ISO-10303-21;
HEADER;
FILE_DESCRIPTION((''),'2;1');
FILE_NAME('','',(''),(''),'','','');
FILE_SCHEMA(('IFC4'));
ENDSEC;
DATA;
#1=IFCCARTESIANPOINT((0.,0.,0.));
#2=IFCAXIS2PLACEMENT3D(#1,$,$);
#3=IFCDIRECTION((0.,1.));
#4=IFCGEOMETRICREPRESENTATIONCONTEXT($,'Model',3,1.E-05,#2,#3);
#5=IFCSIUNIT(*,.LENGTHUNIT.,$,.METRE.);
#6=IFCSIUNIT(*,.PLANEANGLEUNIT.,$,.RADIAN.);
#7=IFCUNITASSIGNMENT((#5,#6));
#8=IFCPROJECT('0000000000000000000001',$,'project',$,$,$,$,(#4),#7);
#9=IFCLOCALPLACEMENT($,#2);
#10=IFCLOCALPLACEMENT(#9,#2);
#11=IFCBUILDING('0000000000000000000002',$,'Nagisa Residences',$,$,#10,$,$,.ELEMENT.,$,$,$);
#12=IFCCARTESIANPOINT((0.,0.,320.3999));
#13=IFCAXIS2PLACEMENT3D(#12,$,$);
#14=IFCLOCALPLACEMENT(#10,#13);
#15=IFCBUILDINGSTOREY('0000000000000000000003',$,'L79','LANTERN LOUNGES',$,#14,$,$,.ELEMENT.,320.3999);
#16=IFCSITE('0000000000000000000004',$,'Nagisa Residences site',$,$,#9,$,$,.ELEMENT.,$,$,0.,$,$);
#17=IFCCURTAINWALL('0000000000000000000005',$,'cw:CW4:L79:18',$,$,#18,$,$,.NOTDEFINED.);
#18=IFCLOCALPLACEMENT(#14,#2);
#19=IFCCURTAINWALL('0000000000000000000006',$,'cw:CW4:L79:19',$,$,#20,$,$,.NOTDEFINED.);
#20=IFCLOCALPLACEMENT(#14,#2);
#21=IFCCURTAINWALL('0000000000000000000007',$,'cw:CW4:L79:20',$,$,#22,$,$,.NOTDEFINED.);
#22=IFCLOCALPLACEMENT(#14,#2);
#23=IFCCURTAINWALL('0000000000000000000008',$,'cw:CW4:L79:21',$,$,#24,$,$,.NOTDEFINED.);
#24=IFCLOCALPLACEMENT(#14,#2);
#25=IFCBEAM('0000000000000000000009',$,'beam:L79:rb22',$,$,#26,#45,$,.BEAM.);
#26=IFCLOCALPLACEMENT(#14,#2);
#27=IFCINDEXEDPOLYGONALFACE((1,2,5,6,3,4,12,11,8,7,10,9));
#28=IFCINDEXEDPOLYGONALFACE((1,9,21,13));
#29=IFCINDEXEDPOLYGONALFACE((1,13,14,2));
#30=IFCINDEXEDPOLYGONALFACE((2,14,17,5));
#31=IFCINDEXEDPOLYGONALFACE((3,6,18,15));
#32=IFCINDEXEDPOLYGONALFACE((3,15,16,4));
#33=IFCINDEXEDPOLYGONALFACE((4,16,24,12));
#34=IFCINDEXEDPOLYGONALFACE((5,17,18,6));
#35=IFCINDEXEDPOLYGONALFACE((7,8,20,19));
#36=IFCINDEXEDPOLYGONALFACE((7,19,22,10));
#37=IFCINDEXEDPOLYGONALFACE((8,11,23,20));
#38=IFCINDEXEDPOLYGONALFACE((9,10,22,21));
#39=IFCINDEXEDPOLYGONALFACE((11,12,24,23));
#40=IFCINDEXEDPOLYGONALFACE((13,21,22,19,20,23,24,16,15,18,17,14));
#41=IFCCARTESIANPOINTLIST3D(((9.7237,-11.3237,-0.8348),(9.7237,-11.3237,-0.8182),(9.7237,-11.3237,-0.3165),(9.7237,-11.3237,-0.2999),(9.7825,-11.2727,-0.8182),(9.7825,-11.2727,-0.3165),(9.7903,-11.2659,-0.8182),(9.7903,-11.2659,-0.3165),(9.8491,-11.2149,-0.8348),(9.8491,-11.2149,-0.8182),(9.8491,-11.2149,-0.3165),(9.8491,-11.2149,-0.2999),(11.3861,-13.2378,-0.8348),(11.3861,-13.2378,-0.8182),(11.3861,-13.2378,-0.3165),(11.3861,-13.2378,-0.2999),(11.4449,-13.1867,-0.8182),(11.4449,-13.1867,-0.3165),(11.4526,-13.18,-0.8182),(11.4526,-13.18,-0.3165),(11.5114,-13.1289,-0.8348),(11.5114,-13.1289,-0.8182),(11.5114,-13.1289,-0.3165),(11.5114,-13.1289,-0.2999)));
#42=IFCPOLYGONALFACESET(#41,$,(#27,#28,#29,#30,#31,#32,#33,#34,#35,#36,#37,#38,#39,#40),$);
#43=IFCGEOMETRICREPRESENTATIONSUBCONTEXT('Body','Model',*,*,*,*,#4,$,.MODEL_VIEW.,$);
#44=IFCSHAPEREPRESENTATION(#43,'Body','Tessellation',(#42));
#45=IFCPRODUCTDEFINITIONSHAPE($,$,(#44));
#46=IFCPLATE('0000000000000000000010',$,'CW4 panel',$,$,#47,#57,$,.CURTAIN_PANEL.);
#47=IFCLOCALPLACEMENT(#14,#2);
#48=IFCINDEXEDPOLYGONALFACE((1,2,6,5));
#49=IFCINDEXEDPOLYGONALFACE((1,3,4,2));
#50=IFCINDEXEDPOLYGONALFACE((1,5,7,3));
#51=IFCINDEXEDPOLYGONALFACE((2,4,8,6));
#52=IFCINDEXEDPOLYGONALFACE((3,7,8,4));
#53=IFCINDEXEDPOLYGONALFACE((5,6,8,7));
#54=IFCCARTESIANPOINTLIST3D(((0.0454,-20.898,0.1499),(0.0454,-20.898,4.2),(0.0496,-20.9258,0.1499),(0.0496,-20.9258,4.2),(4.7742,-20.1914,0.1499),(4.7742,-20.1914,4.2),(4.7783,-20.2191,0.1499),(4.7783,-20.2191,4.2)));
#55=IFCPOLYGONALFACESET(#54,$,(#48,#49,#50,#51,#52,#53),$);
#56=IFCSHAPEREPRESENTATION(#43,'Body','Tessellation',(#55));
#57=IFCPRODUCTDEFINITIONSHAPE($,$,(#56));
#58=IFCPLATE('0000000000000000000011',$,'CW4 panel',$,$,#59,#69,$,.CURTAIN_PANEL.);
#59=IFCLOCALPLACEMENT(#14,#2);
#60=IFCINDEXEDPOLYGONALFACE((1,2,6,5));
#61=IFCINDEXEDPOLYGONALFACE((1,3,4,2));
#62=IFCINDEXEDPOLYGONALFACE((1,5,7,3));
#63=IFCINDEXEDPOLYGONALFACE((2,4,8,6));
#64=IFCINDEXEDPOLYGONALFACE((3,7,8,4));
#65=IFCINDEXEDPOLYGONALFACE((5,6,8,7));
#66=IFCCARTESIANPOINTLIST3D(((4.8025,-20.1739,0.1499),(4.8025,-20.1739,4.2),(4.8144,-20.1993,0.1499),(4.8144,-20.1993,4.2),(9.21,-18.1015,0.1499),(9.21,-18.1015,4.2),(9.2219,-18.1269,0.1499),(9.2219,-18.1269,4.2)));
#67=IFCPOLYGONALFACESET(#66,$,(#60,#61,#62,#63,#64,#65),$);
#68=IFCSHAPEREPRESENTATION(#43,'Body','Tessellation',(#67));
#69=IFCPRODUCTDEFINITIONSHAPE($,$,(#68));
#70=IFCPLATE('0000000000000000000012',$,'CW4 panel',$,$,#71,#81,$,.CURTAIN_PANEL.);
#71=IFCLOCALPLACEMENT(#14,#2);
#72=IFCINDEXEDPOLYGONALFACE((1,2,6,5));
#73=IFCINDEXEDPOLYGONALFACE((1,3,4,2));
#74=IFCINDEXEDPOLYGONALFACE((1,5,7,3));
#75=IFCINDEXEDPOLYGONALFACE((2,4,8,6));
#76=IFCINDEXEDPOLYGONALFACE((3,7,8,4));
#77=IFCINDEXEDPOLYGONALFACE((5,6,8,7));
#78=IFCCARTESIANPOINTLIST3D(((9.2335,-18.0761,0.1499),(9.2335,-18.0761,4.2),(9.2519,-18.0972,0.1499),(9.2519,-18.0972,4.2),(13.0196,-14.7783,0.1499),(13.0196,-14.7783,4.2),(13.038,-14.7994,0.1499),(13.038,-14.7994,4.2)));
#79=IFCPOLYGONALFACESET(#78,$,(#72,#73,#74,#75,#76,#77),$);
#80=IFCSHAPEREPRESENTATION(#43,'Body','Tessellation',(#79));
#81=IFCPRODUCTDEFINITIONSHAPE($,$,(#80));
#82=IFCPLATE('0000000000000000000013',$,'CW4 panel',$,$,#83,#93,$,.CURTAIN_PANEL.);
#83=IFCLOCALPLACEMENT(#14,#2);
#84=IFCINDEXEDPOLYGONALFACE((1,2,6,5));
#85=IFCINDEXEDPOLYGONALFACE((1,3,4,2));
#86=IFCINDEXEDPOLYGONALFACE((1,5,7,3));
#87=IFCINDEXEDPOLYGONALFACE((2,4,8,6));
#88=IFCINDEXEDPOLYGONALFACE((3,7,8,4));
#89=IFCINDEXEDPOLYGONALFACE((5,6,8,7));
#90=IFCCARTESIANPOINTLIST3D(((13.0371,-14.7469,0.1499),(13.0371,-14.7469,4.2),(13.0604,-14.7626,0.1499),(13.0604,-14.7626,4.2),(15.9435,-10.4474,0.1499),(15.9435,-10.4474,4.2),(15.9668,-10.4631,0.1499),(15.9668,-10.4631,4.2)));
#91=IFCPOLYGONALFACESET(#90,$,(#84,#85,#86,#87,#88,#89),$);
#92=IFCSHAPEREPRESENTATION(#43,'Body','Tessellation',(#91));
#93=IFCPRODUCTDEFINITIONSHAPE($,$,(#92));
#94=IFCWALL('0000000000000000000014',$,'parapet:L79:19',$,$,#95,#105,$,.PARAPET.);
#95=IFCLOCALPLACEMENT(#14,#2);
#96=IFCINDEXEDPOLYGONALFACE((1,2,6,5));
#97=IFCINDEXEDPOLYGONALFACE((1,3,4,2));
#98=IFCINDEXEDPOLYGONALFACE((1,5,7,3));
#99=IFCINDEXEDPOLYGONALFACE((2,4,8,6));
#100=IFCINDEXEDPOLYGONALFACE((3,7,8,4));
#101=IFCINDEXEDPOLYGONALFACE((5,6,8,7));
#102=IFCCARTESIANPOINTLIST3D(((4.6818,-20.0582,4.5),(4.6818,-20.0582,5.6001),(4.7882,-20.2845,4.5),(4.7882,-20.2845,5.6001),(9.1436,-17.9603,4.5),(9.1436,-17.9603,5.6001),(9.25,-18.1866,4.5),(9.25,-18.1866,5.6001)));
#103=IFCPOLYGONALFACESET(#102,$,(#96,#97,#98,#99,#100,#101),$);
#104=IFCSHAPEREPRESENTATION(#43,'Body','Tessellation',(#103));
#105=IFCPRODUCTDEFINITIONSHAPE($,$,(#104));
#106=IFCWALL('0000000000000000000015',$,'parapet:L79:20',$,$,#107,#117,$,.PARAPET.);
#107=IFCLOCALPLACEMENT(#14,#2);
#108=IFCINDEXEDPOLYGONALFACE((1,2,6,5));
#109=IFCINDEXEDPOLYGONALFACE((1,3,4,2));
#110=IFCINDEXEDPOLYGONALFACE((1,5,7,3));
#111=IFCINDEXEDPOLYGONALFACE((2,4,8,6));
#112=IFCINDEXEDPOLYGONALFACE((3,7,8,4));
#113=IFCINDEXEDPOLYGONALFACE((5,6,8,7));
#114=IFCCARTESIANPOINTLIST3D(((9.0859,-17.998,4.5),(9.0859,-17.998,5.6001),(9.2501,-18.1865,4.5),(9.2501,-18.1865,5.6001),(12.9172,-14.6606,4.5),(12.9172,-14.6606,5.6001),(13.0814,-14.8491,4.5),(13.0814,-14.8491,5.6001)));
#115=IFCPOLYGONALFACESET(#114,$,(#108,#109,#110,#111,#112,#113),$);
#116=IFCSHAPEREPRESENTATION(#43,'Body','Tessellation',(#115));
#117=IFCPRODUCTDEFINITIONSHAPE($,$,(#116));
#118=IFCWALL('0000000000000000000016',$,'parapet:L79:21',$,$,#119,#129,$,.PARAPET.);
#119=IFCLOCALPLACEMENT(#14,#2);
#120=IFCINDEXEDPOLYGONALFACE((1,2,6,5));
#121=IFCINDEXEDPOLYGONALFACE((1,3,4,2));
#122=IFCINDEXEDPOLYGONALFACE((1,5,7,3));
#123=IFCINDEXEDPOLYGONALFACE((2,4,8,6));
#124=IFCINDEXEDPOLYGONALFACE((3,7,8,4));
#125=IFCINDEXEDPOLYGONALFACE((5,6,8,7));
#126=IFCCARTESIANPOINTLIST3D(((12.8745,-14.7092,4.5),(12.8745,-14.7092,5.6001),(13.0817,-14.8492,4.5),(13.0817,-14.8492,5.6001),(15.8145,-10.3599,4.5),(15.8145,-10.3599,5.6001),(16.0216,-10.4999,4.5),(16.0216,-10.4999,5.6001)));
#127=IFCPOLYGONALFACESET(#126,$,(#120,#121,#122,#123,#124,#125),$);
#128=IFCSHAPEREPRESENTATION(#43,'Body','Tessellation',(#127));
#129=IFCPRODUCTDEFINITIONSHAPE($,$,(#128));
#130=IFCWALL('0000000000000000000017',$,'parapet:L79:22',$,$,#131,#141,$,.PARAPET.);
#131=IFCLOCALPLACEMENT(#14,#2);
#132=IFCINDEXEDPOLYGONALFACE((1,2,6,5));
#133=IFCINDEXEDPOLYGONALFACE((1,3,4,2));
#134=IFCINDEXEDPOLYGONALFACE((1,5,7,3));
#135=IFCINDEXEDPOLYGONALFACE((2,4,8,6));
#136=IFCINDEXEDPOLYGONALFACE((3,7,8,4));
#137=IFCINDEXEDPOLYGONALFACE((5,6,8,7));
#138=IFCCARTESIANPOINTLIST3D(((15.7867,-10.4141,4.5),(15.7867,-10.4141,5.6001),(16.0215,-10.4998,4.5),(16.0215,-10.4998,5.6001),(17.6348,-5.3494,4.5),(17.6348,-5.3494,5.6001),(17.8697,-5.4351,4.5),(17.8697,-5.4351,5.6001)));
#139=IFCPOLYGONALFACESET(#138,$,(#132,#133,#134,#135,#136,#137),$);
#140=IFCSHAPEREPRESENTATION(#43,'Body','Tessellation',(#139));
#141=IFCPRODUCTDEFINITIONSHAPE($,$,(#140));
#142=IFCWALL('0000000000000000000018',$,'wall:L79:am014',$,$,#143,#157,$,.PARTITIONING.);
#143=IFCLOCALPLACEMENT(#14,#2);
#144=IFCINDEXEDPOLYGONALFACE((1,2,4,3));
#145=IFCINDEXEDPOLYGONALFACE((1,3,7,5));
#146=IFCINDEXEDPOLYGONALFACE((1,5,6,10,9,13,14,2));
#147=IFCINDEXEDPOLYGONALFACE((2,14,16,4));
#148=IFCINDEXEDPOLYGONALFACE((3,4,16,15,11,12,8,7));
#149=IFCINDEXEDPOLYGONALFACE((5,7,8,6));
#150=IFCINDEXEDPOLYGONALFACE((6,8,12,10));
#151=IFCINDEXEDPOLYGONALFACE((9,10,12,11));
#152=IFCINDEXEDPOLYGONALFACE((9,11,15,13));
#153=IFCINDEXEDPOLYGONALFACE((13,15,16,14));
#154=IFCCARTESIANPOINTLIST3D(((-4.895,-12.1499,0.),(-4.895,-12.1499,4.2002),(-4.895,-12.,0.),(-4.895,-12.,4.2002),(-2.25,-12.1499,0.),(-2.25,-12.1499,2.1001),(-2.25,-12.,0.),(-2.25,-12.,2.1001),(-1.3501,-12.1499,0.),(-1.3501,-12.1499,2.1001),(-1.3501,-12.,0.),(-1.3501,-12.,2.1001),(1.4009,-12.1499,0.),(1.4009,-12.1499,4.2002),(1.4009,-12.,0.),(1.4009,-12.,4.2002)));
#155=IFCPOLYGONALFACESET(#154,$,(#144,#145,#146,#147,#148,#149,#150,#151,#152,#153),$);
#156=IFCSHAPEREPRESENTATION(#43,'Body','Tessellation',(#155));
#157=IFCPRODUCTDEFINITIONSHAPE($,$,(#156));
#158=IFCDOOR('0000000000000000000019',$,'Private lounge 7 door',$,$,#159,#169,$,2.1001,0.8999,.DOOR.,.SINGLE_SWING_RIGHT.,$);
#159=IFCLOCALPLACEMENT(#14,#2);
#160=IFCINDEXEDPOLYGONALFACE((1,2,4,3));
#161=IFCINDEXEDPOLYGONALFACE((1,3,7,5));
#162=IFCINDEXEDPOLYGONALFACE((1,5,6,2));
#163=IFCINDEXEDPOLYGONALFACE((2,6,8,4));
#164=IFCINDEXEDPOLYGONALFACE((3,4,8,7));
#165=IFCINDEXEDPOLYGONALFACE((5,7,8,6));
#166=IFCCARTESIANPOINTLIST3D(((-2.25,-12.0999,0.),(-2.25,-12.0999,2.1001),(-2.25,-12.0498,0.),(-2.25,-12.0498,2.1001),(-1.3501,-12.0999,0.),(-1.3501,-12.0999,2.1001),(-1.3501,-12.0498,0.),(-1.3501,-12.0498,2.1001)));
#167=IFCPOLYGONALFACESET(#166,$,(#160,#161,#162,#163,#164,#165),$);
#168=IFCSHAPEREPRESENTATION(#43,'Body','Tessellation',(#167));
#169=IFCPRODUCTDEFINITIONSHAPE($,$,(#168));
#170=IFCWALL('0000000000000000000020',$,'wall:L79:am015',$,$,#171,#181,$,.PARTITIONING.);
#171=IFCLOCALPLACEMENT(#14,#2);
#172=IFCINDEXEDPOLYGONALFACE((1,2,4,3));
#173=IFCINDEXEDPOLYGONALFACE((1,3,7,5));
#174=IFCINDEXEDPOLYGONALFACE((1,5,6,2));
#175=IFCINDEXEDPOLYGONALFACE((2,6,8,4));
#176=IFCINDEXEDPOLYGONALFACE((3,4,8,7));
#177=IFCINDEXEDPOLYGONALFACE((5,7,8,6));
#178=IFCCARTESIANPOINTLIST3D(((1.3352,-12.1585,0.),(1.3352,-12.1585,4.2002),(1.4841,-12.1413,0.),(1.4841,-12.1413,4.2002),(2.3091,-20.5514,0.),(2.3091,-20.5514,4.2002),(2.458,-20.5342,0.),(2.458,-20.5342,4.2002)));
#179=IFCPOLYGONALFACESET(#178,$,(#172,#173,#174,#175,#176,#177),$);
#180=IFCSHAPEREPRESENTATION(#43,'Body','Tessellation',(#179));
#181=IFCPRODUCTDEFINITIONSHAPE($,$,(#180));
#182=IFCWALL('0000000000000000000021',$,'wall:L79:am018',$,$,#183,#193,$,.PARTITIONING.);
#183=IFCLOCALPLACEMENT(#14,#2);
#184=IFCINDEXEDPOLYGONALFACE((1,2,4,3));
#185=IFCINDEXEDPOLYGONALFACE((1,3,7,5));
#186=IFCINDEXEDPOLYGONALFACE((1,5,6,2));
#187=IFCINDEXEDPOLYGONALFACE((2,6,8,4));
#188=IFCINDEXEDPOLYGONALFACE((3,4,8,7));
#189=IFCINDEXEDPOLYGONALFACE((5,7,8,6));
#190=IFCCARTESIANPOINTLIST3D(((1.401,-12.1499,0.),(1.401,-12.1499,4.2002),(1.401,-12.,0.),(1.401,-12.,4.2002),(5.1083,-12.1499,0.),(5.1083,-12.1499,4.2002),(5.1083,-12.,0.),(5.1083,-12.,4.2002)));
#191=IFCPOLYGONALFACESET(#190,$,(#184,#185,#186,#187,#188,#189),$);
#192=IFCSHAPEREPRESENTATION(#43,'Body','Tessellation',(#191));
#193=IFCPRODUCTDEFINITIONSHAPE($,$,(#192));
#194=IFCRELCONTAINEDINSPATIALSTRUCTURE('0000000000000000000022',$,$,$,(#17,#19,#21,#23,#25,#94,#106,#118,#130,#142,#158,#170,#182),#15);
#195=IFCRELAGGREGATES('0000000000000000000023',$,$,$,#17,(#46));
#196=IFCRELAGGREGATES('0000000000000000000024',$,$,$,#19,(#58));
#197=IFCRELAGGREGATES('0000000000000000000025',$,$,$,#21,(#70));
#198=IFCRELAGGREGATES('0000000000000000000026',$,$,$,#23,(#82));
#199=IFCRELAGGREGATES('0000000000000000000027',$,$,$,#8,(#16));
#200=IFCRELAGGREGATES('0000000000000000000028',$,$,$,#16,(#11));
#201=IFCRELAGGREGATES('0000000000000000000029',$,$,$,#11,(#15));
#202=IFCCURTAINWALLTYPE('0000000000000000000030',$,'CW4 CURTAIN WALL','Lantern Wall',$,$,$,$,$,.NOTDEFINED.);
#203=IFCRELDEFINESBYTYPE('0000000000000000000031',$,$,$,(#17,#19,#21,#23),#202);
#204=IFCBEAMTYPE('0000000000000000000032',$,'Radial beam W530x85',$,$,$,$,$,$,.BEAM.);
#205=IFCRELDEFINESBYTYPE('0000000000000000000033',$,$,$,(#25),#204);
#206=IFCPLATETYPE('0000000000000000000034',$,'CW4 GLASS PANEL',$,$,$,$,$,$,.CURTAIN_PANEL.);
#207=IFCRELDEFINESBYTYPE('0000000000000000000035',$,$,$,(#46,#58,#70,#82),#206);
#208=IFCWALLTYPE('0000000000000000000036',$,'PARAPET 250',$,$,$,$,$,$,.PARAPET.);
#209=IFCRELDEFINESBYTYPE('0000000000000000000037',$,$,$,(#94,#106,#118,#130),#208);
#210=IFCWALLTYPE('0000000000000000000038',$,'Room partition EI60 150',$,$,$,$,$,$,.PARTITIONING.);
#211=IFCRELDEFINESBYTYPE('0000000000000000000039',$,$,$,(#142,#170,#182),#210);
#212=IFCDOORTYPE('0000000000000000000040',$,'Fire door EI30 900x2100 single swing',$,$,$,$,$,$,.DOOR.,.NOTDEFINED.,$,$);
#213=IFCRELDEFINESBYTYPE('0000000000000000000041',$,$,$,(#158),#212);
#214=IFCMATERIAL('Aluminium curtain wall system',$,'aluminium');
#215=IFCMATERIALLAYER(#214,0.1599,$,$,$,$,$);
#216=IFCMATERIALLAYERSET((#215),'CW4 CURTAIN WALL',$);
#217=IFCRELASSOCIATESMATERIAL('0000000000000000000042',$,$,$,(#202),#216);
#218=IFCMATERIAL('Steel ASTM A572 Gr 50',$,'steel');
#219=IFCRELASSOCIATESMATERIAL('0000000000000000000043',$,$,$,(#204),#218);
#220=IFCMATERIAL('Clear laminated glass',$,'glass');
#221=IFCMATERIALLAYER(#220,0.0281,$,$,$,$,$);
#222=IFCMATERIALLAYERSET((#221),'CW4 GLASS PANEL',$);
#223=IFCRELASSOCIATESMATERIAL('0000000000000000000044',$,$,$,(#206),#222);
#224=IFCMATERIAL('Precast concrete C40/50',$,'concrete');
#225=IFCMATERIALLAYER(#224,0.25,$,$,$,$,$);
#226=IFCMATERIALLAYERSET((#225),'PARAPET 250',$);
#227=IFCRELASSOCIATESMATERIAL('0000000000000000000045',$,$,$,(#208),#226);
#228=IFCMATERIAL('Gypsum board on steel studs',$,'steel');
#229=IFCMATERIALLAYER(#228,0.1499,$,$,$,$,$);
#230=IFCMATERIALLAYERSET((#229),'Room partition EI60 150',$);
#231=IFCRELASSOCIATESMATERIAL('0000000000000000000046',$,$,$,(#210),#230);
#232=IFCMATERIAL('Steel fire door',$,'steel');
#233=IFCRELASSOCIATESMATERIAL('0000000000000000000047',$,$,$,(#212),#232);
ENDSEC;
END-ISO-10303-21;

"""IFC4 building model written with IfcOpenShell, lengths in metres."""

from ifc_helpers import new_model, si_unit, direction, frame, frame_2d, origin, origin_2d, place, context, subcontext, project, spatial, rectangle, i_section, extrude, material, layer, layer_set, material_profile, profile_set, type_object, element, fill, aggregate, save


model = new_model("IFC4")

# Units and contexts
model_context = context("Model", 3, precision=1e-05, world=origin(), true_north=direction((0.0, 1.0)))
body_context = subcontext(model_context, "Body", "Model", "MODEL_VIEW")
ifc_project = project(units=[si_unit("LENGTHUNIT", "METRE"), si_unit("PLANEANGLEUNIT", "RADIAN")], contexts=[model_context])

# Site, building, storey
site_placement = place(None, origin())
site = spatial("IfcSite", under=ifc_project, at=site_placement, Name="Nagisa Residences site", CompositionType="ELEMENT", RefElevation=0.0)
building_placement = place(site_placement, origin())
building = spatial("IfcBuilding", under=site, at=building_placement, Name="Nagisa Residences", CompositionType="ELEMENT")
storey_placement = place(building_placement, frame((0.0, 0.0, 320.3999)))
storey = spatial("IfcBuildingStorey", under=building, at=storey_placement, Name="L79", Description="LANTERN LOUNGES", CompositionType="ELEMENT", Elevation=320.3999)

# Curtain walls
ifc_material_1 = material(Name="Aluminium curtain wall system", Category="aluminium")
ifc_layer_1 = layer(ifc_material_1, 0.1599)
ifc_layer_set_1 = layer_set([ifc_layer_1], Name="CW4 CURTAIN WALL")
curtain_wall_type = type_object("IfcCurtainWallType", Name="CW4 CURTAIN WALL", Description="Lantern Wall", PredefinedType="NOTDEFINED", material=ifc_layer_set_1)
curtain_wall_1_placement = place(storey_placement, origin())
curtain_wall_1 = element("IfcCurtainWall", 1, at=curtain_wall_1_placement, inside=storey, type_object=curtain_wall_type, Name="cw:CW4:L79:18", PredefinedType="NOTDEFINED")
curtain_wall_2_placement = place(storey_placement, origin())
curtain_wall_2 = element("IfcCurtainWall", 2, at=curtain_wall_2_placement, inside=storey, type_object=curtain_wall_type, Name="cw:CW4:L79:19", PredefinedType="NOTDEFINED")
curtain_wall_3_placement = place(storey_placement, origin())
curtain_wall_3 = element("IfcCurtainWall", 3, at=curtain_wall_3_placement, inside=storey, type_object=curtain_wall_type, Name="cw:CW4:L79:20", PredefinedType="NOTDEFINED")
curtain_wall_4_placement = place(storey_placement, origin())
curtain_wall_4 = element("IfcCurtainWall", 4, at=curtain_wall_4_placement, inside=storey, type_object=curtain_wall_type, Name="cw:CW4:L79:21", PredefinedType="NOTDEFINED")

# Beam
ifc_material_2 = material(Name="Steel ASTM A572 Gr 50", Category="steel")
ifc_material_profile_1 = material_profile(ifc_material_2, i_section(OverallWidth=0.166, OverallDepth=0.5349, WebThickness=0.0103, FlangeThickness=0.0166, at=origin_2d()), Name="W530x85")
ifc_profile_set_1 = profile_set([ifc_material_profile_1], Name="Steel ASTM A572 Gr 50")
beam_type_1 = type_object("IfcBeamType", Name="Radial beam W530x85", PredefinedType="BEAM", material=ifc_profile_set_1)
beam_1_placement = place(storey_placement, frame((11.4487, -13.1833, -0.5674), z_axis=(-0.655718, 0.755006, 0.0), x_axis=(-0.755006, -0.655718, 0.0)))
element("IfcBeam", 5, at=beam_1_placement, inside=storey, type_object=beam_type_1, Name="beam:L79:rb22", PredefinedType="BEAM", context=body_context, shape_type="SweptSolid", body=[
    extrude(i_section(OverallWidth=0.166, OverallDepth=0.5349, WebThickness=0.0103, FlangeThickness=0.0166, at=origin_2d()), origin(), (0.0, 0.0, 1.0), 2.5352),
])

# Plates
ifc_material_3 = material(Name="Clear laminated glass", Category="glass")
ifc_layer_2 = layer(ifc_material_3, 0.0281)
ifc_layer_set_2 = layer_set([ifc_layer_2], Name="CW4 GLASS PANEL")
plate_type = type_object("IfcPlateType", Name="CW4 GLASS PANEL", PredefinedType="CURTAIN_PANEL", material=ifc_layer_set_2)
plate_1_placement = place(storey_placement, frame((2.4119, -20.5586, 0.1499), z_axis=(0.0, 0.0, 1.0), x_axis=(0.989017, 0.147802, 0.0)))
plate_1 = element("IfcPlate", 6, at=plate_1_placement, type_object=plate_type, Name="CW4 panel", PredefinedType="CURTAIN_PANEL", context=body_context, shape_type="SweptSolid", body=[
    extrude(rectangle(XDim=4.7812, YDim=0.0281, at=origin_2d()), origin(), (0.0, 0.0, 1.0), 4.05),
])
aggregate(curtain_wall_1, [plate_1])
plate_2_placement = place(storey_placement, frame((7.0122, -19.1504, 0.1499), z_axis=(0.0, 0.0, 1.0), x_axis=(0.904958, 0.425501, 0.0)))
plate_2 = element("IfcPlate", 7, at=plate_2_placement, type_object=plate_type, Name="CW4 panel", PredefinedType="CURTAIN_PANEL", context=body_context, shape_type="SweptSolid", body=[
    extrude(rectangle(XDim=4.8704, YDim=0.0281, at=origin_2d()), origin(), (0.0, 0.0, 1.0), 4.05),
])
aggregate(curtain_wall_2, [plate_2])
plate_3_placement = place(storey_placement, frame((11.1357, -16.4377, 0.1499), z_axis=(0.0, 0.0, 1.0), x_axis=(0.754062, 0.656803, 0.0)))
plate_3 = element("IfcPlate", 8, at=plate_3_placement, type_object=plate_type, Name="CW4 panel", PredefinedType="CURTAIN_PANEL", context=body_context, shape_type="SweptSolid", body=[
    extrude(rectangle(XDim=5.021, YDim=0.0281, at=origin_2d()), origin(), (0.0, 0.0, 1.0), 4.05),
])
aggregate(curtain_wall_3, [plate_3])
plate_4_placement = place(storey_placement, frame((14.502, -12.605, 0.1499), z_axis=(0.0, 0.0, 1.0), x_axis=(0.56003, 0.828473, 0.0)))
plate_4 = element("IfcPlate", 9, at=plate_4_placement, type_object=plate_type, Name="CW4 panel", PredefinedType="CURTAIN_PANEL", context=body_context, shape_type="SweptSolid", body=[
    extrude(rectangle(XDim=5.1897, YDim=0.0281, at=origin_2d()), origin(), (0.0, 0.0, 1.0), 4.05),
])
aggregate(curtain_wall_4, [plate_4])

# Walls
ifc_material_4 = material(Name="Precast concrete C40/50", Category="concrete")
ifc_layer_3 = layer(ifc_material_4, 0.25)
ifc_layer_set_3 = layer_set([ifc_layer_3], Name="PARAPET 250")
wall_type_1 = type_object("IfcWallType", Name="PARAPET 250", PredefinedType="PARAPET", material=ifc_layer_set_3)
wall_1_placement = place(storey_placement, frame((4.7349, -20.1714, 4.5), z_axis=(0.0, 0.0, 1.0), x_axis=(0.904961, 0.425494, 0.0)))
element("IfcWall", 10, at=wall_1_placement, inside=storey, type_object=wall_type_1, Name="parapet:L79:19", PredefinedType="PARAPET", context=body_context, shape_type="SweptSolid", body=[
    extrude(rectangle(XDim=4.9304, YDim=0.25, at=frame_2d((2.4653, 0.0))), origin(), (0.0, 0.0, 1.0), 1.1001),
])
wall_2_placement = place(storey_placement, frame((9.168, -18.0923, 4.5), z_axis=(0.0, 0.0, 1.0), x_axis=(0.754036, 0.656833, 0.0)))
element("IfcWall", 11, at=wall_2_placement, inside=storey, type_object=wall_type_1, Name="parapet:L79:20", PredefinedType="PARAPET", context=body_context, shape_type="SweptSolid", body=[
    extrude(rectangle(XDim=5.0811, YDim=0.25, at=frame_2d((2.5405, 0.0))), origin(), (0.0, 0.0, 1.0), 1.1001),
])
wall_3_placement = place(storey_placement, frame((12.978, -14.7793, 4.5), z_axis=(0.0, 0.0, 1.0), x_axis=(0.560012, 0.828485, 0.0)))
element("IfcWall", 12, at=wall_3_placement, inside=storey, type_object=wall_type_1, Name="parapet:L79:21", PredefinedType="PARAPET", context=body_context, shape_type="SweptSolid", body=[
    extrude(rectangle(XDim=5.2498, YDim=0.25, at=frame_2d((2.625, 0.0))), origin(), (0.0, 0.0, 1.0), 1.1001),
])
wall_4_placement = place(storey_placement, frame((15.9041, -10.457, 4.5), z_axis=(0.0, 0.0, 1.0), x_axis=(0.342797, 0.939409, 0.0)))
element("IfcWall", 13, at=wall_4_placement, inside=storey, type_object=wall_type_1, Name="parapet:L79:22", PredefinedType="PARAPET", context=body_context, shape_type="SweptSolid", body=[
    extrude(rectangle(XDim=5.3914, YDim=0.25, at=frame_2d((2.6958, 0.0))), origin(), (0.0, 0.0, 1.0), 1.1001),
])

# Wall, opening, door
ifc_material_5 = material(Name="Gypsum board on steel studs", Category="steel")
ifc_layer_4 = layer(ifc_material_5, 0.1499)
ifc_layer_set_4 = layer_set([ifc_layer_4], Name="Room partition EI60 150")
wall_type_2 = type_object("IfcWallType", Name="Room partition EI60 150", PredefinedType="PARTITIONING", material=ifc_layer_set_4)
wall_5_placement = place(storey_placement, frame((1.4009, -12.075, 0.0), z_axis=(0.0, 0.0, 1.0), x_axis=(-1.0, 0.0, 0.0)))
wall_5 = element("IfcWall", 14, at=wall_5_placement, inside=storey, type_object=wall_type_2, Name="wall:L79:am014", PredefinedType="PARTITIONING", context=body_context, shape_type="SweptSolid", body=[
    extrude(rectangle(XDim=6.2959, YDim=0.1499, at=frame_2d((3.1479, 0.0))), origin(), (0.0, 0.0, 1.0), 4.2002),
])
opening_placement = place(wall_5_placement, frame((2.751, 0.0, 0.0)))
opening = element("IfcOpeningElement", 15, at=opening_placement, cuts=wall_5, PredefinedType="OPENING", context=body_context, shape_type="SweptSolid", body=[
    extrude(rectangle(XDim=0.8999, YDim=2.1001, at=frame_2d((0.45, 1.05))), frame((0.0, 0.085, 0.0), z_axis=(0.0, -1.0, 0.0), x_axis=(1.0, 0.0, 0.0)), (0.0, 0.0, 1.0), 0.1699),
])
ifc_material_6 = material(Name="Steel fire door", Category="steel")
door_type = type_object("IfcDoorType", Name="Fire door EI30 900x2100 single swing", OperationType="NOTDEFINED", PredefinedType="DOOR", material=ifc_material_6)
door_placement = place(opening_placement, origin())
door = element("IfcDoor", 16, at=door_placement, inside=storey, type_object=door_type, Name="Private lounge 7 door", OperationType="SINGLE_SWING_RIGHT", OverallHeight=2.1001, OverallWidth=0.8999, PredefinedType="DOOR", context=body_context, shape_type="SweptSolid", body=[
    extrude(rectangle(XDim=0.8999, YDim=2.1001, at=frame_2d((0.45, 1.05))), frame((0.0, 0.0249, 0.0), z_axis=(0.0, -1.0, 0.0), x_axis=(1.0, 0.0, 0.0)), (0.0, 0.0, 1.0), 0.05),
])
fill(opening, door)

# Walls
wall_6_placement = place(storey_placement, frame((1.4097, -12.1499, 0.0), z_axis=(0.0, 0.0, 1.0), x_axis=(0.115263, -0.993335, 0.0)))
element("IfcWall", 17, at=wall_6_placement, inside=storey, type_object=wall_type_2, Name="wall:L79:am015", PredefinedType="PARTITIONING", context=body_context, shape_type="SweptSolid", body=[
    extrude(rectangle(XDim=8.4492, YDim=0.1499, at=frame_2d((4.2246, 0.0))), origin(), (0.0, 0.0, 1.0), 4.2002),
])
wall_7_placement = place(storey_placement, frame((5.1082, -12.075, 0.0), z_axis=(0.0, 0.0, 1.0), x_axis=(-1.0, 0.0, 0.0)))
element("IfcWall", 18, at=wall_7_placement, inside=storey, type_object=wall_type_2, Name="wall:L79:am018", PredefinedType="PARTITIONING", context=body_context, shape_type="SweptSolid", body=[
    extrude(rectangle(XDim=3.7073, YDim=0.1499, at=frame_2d((1.8535, 0.0))), origin(), (0.0, 0.0, 1.0), 4.2002),
])

save(model, "model.ifc")
